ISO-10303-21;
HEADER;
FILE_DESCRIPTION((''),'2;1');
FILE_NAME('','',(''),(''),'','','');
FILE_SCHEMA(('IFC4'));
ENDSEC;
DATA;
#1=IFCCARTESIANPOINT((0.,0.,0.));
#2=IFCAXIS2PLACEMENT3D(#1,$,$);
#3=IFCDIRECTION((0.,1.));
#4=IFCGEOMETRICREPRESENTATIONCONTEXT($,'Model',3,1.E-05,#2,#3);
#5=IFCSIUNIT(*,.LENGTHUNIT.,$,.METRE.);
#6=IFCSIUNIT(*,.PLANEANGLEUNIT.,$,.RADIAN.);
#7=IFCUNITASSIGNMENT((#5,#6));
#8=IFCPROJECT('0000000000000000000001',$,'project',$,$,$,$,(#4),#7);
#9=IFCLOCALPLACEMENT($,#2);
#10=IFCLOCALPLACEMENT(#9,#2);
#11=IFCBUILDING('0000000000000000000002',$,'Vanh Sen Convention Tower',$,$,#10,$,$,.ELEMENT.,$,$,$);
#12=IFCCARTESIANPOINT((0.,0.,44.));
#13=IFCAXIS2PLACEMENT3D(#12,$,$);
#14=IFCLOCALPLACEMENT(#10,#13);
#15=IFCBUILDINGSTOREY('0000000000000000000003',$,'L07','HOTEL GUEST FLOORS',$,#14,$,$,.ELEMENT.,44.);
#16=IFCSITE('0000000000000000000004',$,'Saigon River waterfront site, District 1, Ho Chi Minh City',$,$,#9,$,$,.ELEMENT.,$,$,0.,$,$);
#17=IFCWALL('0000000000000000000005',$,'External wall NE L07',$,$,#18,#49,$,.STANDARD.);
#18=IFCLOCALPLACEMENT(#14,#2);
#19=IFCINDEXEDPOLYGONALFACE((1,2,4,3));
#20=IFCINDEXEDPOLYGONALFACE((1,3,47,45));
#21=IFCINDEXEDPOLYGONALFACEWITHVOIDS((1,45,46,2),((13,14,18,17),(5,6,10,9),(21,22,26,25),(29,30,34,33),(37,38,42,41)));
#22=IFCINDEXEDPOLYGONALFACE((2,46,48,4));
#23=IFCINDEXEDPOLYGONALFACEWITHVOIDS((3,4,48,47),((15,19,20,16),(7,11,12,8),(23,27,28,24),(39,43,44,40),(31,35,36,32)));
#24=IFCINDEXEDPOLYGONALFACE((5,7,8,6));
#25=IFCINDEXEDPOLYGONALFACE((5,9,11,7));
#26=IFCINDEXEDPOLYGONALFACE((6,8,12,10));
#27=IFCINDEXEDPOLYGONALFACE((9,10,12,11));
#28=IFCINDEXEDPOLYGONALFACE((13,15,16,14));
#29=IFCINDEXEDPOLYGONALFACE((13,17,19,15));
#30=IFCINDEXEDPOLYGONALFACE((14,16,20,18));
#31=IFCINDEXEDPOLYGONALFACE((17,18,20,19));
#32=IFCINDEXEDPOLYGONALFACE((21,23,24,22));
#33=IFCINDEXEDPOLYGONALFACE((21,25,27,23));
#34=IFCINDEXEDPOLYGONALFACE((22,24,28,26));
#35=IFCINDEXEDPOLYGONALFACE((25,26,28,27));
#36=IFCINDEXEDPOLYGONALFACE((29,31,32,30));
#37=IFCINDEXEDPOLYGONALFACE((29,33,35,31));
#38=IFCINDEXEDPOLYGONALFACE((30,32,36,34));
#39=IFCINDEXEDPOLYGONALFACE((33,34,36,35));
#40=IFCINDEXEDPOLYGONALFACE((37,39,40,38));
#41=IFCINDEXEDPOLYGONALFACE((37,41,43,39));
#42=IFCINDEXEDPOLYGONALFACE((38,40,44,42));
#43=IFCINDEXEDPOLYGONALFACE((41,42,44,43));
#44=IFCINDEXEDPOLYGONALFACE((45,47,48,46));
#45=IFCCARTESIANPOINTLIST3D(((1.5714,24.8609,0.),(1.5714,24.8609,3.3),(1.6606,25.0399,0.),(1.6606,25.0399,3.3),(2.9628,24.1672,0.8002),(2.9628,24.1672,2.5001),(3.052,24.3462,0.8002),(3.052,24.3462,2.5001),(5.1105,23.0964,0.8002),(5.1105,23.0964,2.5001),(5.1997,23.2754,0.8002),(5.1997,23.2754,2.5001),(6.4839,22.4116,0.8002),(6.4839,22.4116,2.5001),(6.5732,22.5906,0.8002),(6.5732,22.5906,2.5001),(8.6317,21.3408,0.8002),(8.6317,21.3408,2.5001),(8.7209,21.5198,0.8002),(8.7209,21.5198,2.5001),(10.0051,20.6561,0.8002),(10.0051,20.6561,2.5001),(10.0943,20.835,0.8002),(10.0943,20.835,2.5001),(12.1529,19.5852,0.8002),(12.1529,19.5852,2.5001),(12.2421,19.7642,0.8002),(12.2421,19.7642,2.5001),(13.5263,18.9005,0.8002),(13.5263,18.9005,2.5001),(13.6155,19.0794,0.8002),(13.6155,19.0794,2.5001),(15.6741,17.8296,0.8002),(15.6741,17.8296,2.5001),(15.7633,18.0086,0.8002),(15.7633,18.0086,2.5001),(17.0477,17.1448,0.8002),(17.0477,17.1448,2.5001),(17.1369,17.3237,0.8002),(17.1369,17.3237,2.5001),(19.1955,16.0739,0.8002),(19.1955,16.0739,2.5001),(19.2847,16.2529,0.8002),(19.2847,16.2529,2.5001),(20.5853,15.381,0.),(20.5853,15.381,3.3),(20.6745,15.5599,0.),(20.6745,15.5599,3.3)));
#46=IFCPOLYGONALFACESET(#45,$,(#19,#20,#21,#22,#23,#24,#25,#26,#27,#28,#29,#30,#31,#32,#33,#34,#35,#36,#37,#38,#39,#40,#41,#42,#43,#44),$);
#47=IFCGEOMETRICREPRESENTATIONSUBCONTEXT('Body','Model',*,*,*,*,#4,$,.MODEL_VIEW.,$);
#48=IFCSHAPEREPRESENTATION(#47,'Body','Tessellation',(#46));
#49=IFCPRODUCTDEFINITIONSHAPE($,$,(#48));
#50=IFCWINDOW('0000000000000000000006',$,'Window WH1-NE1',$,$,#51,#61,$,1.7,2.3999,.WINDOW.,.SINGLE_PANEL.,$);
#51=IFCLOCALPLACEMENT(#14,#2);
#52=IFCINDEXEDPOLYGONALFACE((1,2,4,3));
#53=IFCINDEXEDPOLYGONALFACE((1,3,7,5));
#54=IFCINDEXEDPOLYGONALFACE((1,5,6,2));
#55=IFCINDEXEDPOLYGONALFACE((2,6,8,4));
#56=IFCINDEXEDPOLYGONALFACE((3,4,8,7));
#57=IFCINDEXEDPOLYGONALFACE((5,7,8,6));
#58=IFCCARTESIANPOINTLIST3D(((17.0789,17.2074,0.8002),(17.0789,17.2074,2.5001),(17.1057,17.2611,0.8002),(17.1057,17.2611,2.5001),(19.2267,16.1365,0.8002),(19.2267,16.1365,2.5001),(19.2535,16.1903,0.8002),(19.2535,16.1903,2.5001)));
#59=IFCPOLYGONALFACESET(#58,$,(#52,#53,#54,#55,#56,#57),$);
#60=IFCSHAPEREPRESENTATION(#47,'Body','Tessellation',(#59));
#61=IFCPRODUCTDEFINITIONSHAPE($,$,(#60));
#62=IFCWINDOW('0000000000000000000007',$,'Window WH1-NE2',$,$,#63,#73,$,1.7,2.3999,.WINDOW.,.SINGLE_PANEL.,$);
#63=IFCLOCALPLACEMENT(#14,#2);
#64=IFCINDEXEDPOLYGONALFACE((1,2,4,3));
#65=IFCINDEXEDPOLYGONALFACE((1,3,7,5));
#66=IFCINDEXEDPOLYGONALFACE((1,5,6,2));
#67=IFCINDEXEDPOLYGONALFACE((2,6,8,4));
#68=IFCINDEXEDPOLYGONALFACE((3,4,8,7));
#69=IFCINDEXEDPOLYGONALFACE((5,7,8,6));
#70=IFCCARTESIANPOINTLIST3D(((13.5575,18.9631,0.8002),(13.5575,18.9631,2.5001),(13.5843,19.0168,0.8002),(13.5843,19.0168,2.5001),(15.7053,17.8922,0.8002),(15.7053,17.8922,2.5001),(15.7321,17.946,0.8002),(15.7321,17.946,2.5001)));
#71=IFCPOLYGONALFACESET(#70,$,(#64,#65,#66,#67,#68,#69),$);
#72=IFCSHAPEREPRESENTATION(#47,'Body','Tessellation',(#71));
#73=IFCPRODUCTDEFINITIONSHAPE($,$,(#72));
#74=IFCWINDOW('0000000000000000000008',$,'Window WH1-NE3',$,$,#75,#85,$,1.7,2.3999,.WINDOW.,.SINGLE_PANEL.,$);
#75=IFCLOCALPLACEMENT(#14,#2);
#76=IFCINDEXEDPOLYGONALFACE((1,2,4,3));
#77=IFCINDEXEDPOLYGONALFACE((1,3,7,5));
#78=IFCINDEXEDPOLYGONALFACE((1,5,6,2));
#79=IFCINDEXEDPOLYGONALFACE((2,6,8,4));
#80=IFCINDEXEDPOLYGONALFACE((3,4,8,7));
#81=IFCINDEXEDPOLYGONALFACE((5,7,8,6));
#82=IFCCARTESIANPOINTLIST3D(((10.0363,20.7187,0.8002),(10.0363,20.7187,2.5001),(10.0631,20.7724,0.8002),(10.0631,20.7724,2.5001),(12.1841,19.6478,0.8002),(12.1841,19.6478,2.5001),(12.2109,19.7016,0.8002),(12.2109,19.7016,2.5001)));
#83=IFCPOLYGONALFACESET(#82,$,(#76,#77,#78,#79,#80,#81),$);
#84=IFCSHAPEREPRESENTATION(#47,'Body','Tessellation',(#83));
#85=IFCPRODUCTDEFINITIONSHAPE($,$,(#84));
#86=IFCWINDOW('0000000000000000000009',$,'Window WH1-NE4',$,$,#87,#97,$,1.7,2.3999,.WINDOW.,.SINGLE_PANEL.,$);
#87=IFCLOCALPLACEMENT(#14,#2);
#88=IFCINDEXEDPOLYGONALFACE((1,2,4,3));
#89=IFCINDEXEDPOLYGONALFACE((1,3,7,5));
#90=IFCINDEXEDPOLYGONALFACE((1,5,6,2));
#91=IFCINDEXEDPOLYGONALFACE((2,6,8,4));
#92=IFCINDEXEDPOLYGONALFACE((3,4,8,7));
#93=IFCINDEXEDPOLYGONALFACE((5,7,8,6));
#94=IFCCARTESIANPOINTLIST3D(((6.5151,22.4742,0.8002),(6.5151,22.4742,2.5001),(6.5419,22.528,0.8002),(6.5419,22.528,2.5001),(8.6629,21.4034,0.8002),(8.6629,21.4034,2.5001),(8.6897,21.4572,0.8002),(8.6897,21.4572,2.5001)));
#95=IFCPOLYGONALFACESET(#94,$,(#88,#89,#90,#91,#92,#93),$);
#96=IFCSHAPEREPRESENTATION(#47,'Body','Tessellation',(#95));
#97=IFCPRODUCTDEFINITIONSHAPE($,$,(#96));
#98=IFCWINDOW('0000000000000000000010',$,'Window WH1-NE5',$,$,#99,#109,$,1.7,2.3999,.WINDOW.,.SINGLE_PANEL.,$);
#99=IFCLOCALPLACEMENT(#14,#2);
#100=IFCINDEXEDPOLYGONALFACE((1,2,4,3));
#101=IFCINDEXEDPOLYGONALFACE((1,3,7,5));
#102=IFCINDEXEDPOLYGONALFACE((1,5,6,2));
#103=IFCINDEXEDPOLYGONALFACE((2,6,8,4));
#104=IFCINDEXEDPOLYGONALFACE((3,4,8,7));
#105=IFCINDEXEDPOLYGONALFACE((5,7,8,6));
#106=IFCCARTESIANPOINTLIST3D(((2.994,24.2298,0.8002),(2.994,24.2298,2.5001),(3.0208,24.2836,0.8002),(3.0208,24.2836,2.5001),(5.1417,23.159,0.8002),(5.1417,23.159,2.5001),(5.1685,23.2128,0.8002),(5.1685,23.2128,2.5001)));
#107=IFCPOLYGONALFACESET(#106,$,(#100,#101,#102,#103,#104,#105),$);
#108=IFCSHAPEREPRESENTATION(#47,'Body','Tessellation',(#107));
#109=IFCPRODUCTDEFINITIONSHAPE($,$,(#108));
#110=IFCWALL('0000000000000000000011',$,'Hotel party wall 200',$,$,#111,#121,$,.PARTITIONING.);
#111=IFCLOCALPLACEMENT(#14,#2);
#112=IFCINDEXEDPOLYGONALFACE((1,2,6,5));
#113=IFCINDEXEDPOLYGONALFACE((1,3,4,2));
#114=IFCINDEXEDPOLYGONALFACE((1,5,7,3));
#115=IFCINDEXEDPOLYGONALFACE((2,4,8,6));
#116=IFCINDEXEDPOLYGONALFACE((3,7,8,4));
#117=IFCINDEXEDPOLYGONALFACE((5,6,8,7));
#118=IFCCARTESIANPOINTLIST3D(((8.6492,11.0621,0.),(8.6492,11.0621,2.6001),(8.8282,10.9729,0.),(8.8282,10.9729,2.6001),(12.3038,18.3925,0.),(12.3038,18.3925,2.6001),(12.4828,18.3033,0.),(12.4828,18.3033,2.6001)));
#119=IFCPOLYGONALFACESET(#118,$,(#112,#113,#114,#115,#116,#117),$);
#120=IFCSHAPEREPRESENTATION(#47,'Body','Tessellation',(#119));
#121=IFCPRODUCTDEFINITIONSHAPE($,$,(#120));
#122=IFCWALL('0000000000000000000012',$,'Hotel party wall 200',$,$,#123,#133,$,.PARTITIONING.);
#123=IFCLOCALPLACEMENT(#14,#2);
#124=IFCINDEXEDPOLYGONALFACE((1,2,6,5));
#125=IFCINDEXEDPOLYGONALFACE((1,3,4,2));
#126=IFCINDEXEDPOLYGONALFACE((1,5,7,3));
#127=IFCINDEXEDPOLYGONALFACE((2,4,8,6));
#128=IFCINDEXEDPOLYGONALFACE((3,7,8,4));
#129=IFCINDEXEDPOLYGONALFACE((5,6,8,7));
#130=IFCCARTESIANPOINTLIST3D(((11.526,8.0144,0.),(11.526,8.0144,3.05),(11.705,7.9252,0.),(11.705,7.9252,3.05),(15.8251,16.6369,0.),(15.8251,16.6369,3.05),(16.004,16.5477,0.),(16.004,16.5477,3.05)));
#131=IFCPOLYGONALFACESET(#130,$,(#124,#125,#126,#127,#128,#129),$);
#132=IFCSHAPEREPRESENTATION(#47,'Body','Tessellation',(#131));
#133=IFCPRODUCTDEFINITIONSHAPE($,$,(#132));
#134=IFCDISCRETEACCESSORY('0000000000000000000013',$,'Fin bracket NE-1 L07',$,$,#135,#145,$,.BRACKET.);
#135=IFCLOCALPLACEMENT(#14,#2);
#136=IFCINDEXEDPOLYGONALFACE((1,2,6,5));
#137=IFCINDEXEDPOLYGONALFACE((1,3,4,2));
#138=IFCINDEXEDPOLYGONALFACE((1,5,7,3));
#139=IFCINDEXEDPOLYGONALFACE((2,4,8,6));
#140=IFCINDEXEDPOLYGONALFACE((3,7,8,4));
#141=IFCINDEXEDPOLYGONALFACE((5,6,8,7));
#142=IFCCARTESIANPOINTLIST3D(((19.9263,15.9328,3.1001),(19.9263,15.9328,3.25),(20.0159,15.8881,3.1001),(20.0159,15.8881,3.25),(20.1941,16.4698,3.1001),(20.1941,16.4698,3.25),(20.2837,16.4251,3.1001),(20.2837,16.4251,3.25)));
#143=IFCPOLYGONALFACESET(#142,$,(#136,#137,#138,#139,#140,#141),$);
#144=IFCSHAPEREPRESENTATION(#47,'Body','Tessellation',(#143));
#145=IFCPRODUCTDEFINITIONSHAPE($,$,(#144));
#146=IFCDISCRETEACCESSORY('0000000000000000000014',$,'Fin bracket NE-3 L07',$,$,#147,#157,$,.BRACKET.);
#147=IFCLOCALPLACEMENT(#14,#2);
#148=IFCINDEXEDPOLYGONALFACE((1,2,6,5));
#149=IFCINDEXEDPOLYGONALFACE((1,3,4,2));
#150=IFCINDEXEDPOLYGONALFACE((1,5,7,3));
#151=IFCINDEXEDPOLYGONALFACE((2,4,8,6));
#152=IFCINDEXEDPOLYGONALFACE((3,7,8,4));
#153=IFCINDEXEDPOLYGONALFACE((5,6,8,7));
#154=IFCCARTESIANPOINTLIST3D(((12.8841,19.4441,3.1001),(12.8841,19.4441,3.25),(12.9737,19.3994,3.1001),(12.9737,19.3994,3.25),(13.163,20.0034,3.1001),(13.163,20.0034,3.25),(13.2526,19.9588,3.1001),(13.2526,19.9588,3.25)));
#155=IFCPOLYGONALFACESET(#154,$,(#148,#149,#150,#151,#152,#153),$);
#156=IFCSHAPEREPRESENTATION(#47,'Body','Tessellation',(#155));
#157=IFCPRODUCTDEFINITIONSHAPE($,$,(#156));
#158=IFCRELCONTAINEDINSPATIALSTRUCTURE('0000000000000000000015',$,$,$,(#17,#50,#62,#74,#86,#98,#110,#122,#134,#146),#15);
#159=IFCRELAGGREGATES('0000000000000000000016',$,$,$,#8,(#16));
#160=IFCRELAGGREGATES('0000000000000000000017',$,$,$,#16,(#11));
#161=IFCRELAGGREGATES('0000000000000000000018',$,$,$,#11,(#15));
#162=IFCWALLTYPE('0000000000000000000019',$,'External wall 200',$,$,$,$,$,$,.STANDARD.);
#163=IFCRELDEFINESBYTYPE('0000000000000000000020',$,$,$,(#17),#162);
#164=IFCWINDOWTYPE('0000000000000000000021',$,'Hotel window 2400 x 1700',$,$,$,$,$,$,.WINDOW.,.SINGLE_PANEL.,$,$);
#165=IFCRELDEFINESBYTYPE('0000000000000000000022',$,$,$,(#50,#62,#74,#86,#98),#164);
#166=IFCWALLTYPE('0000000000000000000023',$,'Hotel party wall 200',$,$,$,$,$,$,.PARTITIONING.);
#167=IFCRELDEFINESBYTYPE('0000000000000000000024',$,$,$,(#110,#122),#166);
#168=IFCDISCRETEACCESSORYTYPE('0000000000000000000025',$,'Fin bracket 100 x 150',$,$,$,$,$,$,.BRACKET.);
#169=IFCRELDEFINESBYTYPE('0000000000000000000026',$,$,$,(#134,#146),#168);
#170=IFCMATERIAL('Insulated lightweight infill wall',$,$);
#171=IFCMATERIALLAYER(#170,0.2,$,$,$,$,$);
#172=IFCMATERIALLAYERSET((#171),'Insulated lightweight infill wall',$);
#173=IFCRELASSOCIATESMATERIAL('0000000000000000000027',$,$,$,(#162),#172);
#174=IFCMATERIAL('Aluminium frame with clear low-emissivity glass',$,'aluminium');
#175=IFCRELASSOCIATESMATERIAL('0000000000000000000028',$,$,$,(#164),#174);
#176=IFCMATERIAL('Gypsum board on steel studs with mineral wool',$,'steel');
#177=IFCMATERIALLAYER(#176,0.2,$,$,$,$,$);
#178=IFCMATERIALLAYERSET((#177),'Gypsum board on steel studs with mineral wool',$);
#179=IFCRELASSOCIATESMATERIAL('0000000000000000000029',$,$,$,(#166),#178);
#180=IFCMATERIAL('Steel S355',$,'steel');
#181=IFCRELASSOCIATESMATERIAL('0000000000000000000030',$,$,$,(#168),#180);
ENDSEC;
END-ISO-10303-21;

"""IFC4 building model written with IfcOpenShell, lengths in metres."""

from ifc_helpers import new_model, si_unit, direction, frame, frame_2d, origin, origin_2d, place, context, subcontext, project, spatial, rectangle, extrude, material, layer, layer_set, type_object, element, fill, save


model = new_model("IFC4")

# Units and contexts
model_context = context("Model", 3, precision=1e-05, world=origin(), true_north=direction((0.0, 1.0)))
body_context = subcontext(model_context, "Body", "Model", "MODEL_VIEW")
ifc_project = project(units=[si_unit("LENGTHUNIT", "METRE"), si_unit("PLANEANGLEUNIT", "RADIAN")], contexts=[model_context])

# Site, building, storey
site_placement = place(None, origin())
site = spatial("IfcSite", under=ifc_project, at=site_placement, Name="Saigon River waterfront site, District 1, Ho Chi Minh City", CompositionType="ELEMENT", RefElevation=0.0)
building_placement = place(site_placement, origin())
building = spatial("IfcBuilding", under=site, at=building_placement, Name="Vanh Sen Convention Tower", CompositionType="ELEMENT")
storey_placement = place(building_placement, frame((0.0, 0.0, 44.0)))
storey = spatial("IfcBuildingStorey", under=building, at=storey_placement, Name="L07", Description="HOTEL GUEST FLOORS", CompositionType="ELEMENT", Elevation=44.0)

# Wall, openings, windows
ifc_material_1 = material(Name="Insulated lightweight infill wall")
ifc_layer_1 = layer(ifc_material_1, 0.2)
ifc_layer_set_1 = layer_set([ifc_layer_1], Name="Insulated lightweight infill wall")
wall_type_1 = type_object("IfcWallType", Name="External wall 200", PredefinedType="STANDARD", material=ifc_layer_set_1)
wall_1_placement = place(storey_placement, frame((20.6299, 15.4705, 0.0), z_axis=(0.0, 0.0, 1.0), x_axis=(-0.894935, 0.446197, 0.0)))
wall_1 = element("IfcWall", 1, at=wall_1_placement, inside=storey, type_object=wall_type_1, Name="External wall NE L07", PredefinedType="STANDARD", context=body_context, shape_type="SweptSolid", body=[
    extrude(rectangle(XDim=21.2461, YDim=0.2, at=frame_2d((10.623, 0.0))), origin(), (0.0, 0.0, 1.0), 3.3),
])
opening_1_placement = place(wall_1_placement, frame((1.553, 0.0, 0.8)))
opening_1 = element("IfcOpeningElement", 2, at=opening_1_placement, cuts=wall_1, PredefinedType="OPENING", context=body_context, shape_type="SweptSolid", body=[
    extrude(rectangle(XDim=2.3999, YDim=1.7, at=frame_2d((1.2, 0.8501))), frame((0.0, 0.1099, 0.0), z_axis=(0.0, -1.0, 0.0), x_axis=(1.0, 0.0, 0.0)), (0.0, 0.0, 1.0), 0.22),
])
opening_2_placement = place(wall_1_placement, frame((5.4878, 0.0, 0.8)))
opening_2 = element("IfcOpeningElement", 3, at=opening_2_placement, cuts=wall_1, PredefinedType="OPENING", context=body_context, shape_type="SweptSolid", body=[
    extrude(rectangle(XDim=2.3999, YDim=1.7, at=frame_2d((1.2, 0.8501))), frame((0.0, 0.1099, 0.0), z_axis=(0.0, -1.0, 0.0), x_axis=(1.0, 0.0, 0.0)), (0.0, 0.0, 1.0), 0.22),
])
opening_3_placement = place(wall_1_placement, frame((9.4224, 0.0, 0.8)))
opening_3 = element("IfcOpeningElement", 4, at=opening_3_placement, cuts=wall_1, PredefinedType="OPENING", context=body_context, shape_type="SweptSolid", body=[
    extrude(rectangle(XDim=2.3999, YDim=1.7, at=frame_2d((1.2, 0.8501))), frame((0.0, 0.1099, 0.0), z_axis=(0.0, -1.0, 0.0), x_axis=(1.0, 0.0, 0.0)), (0.0, 0.0, 1.0), 0.22),
])
opening_4_placement = place(wall_1_placement, frame((13.3569, 0.0, 0.8)))
opening_4 = element("IfcOpeningElement", 5, at=opening_4_placement, cuts=wall_1, PredefinedType="OPENING", context=body_context, shape_type="SweptSolid", body=[
    extrude(rectangle(XDim=2.3999, YDim=1.7, at=frame_2d((1.2, 0.8501))), frame((0.0, 0.1099, 0.0), z_axis=(0.0, -1.0, 0.0), x_axis=(1.0, 0.0, 0.0)), (0.0, 0.0, 1.0), 0.22),
])
opening_5_placement = place(wall_1_placement, frame((17.2915, 0.0, 0.8)))
opening_5 = element("IfcOpeningElement", 6, at=opening_5_placement, cuts=wall_1, PredefinedType="OPENING", context=body_context, shape_type="SweptSolid", body=[
    extrude(rectangle(XDim=2.3999, YDim=1.7, at=frame_2d((1.2, 0.8501))), frame((0.0, 0.1099, 0.0), z_axis=(0.0, -1.0, 0.0), x_axis=(1.0, 0.0, 0.0)), (0.0, 0.0, 1.0), 0.22),
])
ifc_material_2 = material(Name="Aluminium frame with clear low-emissivity glass", Category="aluminium")
window_type = type_object("IfcWindowType", Name="Hotel window 2400 x 1700", PartitioningType="SINGLE_PANEL", PredefinedType="WINDOW", material=ifc_material_2)
window_1_placement = place(opening_1_placement, origin())
window_1 = element("IfcWindow", 7, at=window_1_placement, inside=storey, type_object=window_type, Name="Window WH1-NE1", OverallHeight=1.7, OverallWidth=2.3999, PartitioningType="SINGLE_PANEL", PredefinedType="WINDOW", context=body_context, shape_type="SweptSolid", body=[
    extrude(rectangle(XDim=2.3999, YDim=1.7, at=frame_2d((1.2, 0.8501))), frame((0.0, 0.03, 0.0), z_axis=(0.0, -1.0, 0.0), x_axis=(1.0, 0.0, 0.0)), (0.0, 0.0, 1.0), 0.0601),
])
fill(opening_1, window_1)
window_2_placement = place(opening_2_placement, origin())
window_2 = element("IfcWindow", 8, at=window_2_placement, inside=storey, type_object=window_type, Name="Window WH1-NE2", OverallHeight=1.7, OverallWidth=2.3999, PartitioningType="SINGLE_PANEL", PredefinedType="WINDOW", context=body_context, shape_type="SweptSolid", body=[
    extrude(rectangle(XDim=2.3999, YDim=1.7, at=frame_2d((1.2, 0.8501))), frame((0.0, 0.03, 0.0), z_axis=(0.0, -1.0, 0.0), x_axis=(1.0, 0.0, 0.0)), (0.0, 0.0, 1.0), 0.0601),
])
fill(opening_2, window_2)
window_3_placement = place(opening_3_placement, origin())
window_3 = element("IfcWindow", 9, at=window_3_placement, inside=storey, type_object=window_type, Name="Window WH1-NE3", OverallHeight=1.7, OverallWidth=2.3999, PartitioningType="SINGLE_PANEL", PredefinedType="WINDOW", context=body_context, shape_type="SweptSolid", body=[
    extrude(rectangle(XDim=2.3999, YDim=1.7, at=frame_2d((1.2, 0.8501))), frame((0.0, 0.03, 0.0), z_axis=(0.0, -1.0, 0.0), x_axis=(1.0, 0.0, 0.0)), (0.0, 0.0, 1.0), 0.0601),
])
fill(opening_3, window_3)
window_4_placement = place(opening_4_placement, origin())
window_4 = element("IfcWindow", 10, at=window_4_placement, inside=storey, type_object=window_type, Name="Window WH1-NE4", OverallHeight=1.7, OverallWidth=2.3999, PartitioningType="SINGLE_PANEL", PredefinedType="WINDOW", context=body_context, shape_type="SweptSolid", body=[
    extrude(rectangle(XDim=2.3999, YDim=1.7, at=frame_2d((1.2, 0.8501))), frame((0.0, 0.03, 0.0), z_axis=(0.0, -1.0, 0.0), x_axis=(1.0, 0.0, 0.0)), (0.0, 0.0, 1.0), 0.0601),
])
fill(opening_4, window_4)
window_5_placement = place(opening_5_placement, origin())
window_5 = element("IfcWindow", 11, at=window_5_placement, inside=storey, type_object=window_type, Name="Window WH1-NE5", OverallHeight=1.7, OverallWidth=2.3999, PartitioningType="SINGLE_PANEL", PredefinedType="WINDOW", context=body_context, shape_type="SweptSolid", body=[
    extrude(rectangle(XDim=2.3999, YDim=1.7, at=frame_2d((1.2, 0.8501))), frame((0.0, 0.03, 0.0), z_axis=(0.0, -1.0, 0.0), x_axis=(1.0, 0.0, 0.0)), (0.0, 0.0, 1.0), 0.0601),
])
fill(opening_5, window_5)

# Walls
ifc_material_3 = material(Name="Gypsum board on steel studs with mineral wool", Category="steel")
ifc_layer_2 = layer(ifc_material_3, 0.2)
ifc_layer_set_2 = layer_set([ifc_layer_2], Name="Gypsum board on steel studs with mineral wool")
wall_type_2 = type_object("IfcWallType", Name="Hotel party wall 200", PredefinedType="PARTITIONING", material=ifc_layer_set_2)
wall_2_placement = place(storey_placement, frame((12.3933, 18.3479, 0.0), z_axis=(0.0, 0.0, 1.0), x_axis=(-0.446176, -0.894945, 0.0)))
element("IfcWall", 12, at=wall_2_placement, inside=storey, type_object=wall_type_2, Name="Hotel party wall 200", PredefinedType="PARTITIONING", context=body_context, shape_type="SweptSolid", body=[
    extrude(rectangle(XDim=8.1909, YDim=0.2, at=frame_2d((4.0955, 0.0))), origin(), (0.0, 0.0, 1.0), 2.6001),
])
wall_3_placement = place(storey_placement, frame((15.9146, 16.5923, 0.0), z_axis=(0.0, 0.0, 1.0), x_axis=(-0.4462, -0.894933, 0.0)))
element("IfcWall", 13, at=wall_3_placement, inside=storey, type_object=wall_type_2, Name="Hotel party wall 200", PredefinedType="PARTITIONING", context=body_context, shape_type="SweptSolid", body=[
    extrude(rectangle(XDim=9.6348, YDim=0.2, at=frame_2d((4.8174, 0.0))), origin(), (0.0, 0.0, 1.0), 3.05),
])

# Discrete accessories
ifc_material_4 = material(Name="Steel S355", Category="steel")
discrete_accessory_type = type_object("IfcDiscreteAccessoryType", Name="Fin bracket 100 x 150", PredefinedType="BRACKET", material=ifc_material_4)
discrete_accessory_1_placement = place(storey_placement, frame((20.105, 16.179, 3.1001), z_axis=(0.0, 0.0, 1.0), x_axis=(0.446198, 0.894934, 0.0)))
element("IfcDiscreteAccessory", 14, at=discrete_accessory_1_placement, inside=storey, type_object=discrete_accessory_type, Name="Fin bracket NE-1 L07", PredefinedType="BRACKET", context=body_context, shape_type="SweptSolid", body=[
    extrude(rectangle(XDim=0.6001, YDim=0.1001, at=origin_2d()), origin(), (0.0, 0.0, 1.0), 0.1499),
])
discrete_accessory_2_placement = place(storey_placement, frame((13.0684, 19.7014, 3.1001), z_axis=(0.0, 0.0, 1.0), x_axis=(0.446198, 0.894934, 0.0)))
element("IfcDiscreteAccessory", 15, at=discrete_accessory_2_placement, inside=storey, type_object=discrete_accessory_type, Name="Fin bracket NE-3 L07", PredefinedType="BRACKET", context=body_context, shape_type="SweptSolid", body=[
    extrude(rectangle(XDim=0.625, YDim=0.1001, at=origin_2d()), origin(), (0.0, 0.0, 1.0), 0.1499),
])

save(model, "model.ifc")
